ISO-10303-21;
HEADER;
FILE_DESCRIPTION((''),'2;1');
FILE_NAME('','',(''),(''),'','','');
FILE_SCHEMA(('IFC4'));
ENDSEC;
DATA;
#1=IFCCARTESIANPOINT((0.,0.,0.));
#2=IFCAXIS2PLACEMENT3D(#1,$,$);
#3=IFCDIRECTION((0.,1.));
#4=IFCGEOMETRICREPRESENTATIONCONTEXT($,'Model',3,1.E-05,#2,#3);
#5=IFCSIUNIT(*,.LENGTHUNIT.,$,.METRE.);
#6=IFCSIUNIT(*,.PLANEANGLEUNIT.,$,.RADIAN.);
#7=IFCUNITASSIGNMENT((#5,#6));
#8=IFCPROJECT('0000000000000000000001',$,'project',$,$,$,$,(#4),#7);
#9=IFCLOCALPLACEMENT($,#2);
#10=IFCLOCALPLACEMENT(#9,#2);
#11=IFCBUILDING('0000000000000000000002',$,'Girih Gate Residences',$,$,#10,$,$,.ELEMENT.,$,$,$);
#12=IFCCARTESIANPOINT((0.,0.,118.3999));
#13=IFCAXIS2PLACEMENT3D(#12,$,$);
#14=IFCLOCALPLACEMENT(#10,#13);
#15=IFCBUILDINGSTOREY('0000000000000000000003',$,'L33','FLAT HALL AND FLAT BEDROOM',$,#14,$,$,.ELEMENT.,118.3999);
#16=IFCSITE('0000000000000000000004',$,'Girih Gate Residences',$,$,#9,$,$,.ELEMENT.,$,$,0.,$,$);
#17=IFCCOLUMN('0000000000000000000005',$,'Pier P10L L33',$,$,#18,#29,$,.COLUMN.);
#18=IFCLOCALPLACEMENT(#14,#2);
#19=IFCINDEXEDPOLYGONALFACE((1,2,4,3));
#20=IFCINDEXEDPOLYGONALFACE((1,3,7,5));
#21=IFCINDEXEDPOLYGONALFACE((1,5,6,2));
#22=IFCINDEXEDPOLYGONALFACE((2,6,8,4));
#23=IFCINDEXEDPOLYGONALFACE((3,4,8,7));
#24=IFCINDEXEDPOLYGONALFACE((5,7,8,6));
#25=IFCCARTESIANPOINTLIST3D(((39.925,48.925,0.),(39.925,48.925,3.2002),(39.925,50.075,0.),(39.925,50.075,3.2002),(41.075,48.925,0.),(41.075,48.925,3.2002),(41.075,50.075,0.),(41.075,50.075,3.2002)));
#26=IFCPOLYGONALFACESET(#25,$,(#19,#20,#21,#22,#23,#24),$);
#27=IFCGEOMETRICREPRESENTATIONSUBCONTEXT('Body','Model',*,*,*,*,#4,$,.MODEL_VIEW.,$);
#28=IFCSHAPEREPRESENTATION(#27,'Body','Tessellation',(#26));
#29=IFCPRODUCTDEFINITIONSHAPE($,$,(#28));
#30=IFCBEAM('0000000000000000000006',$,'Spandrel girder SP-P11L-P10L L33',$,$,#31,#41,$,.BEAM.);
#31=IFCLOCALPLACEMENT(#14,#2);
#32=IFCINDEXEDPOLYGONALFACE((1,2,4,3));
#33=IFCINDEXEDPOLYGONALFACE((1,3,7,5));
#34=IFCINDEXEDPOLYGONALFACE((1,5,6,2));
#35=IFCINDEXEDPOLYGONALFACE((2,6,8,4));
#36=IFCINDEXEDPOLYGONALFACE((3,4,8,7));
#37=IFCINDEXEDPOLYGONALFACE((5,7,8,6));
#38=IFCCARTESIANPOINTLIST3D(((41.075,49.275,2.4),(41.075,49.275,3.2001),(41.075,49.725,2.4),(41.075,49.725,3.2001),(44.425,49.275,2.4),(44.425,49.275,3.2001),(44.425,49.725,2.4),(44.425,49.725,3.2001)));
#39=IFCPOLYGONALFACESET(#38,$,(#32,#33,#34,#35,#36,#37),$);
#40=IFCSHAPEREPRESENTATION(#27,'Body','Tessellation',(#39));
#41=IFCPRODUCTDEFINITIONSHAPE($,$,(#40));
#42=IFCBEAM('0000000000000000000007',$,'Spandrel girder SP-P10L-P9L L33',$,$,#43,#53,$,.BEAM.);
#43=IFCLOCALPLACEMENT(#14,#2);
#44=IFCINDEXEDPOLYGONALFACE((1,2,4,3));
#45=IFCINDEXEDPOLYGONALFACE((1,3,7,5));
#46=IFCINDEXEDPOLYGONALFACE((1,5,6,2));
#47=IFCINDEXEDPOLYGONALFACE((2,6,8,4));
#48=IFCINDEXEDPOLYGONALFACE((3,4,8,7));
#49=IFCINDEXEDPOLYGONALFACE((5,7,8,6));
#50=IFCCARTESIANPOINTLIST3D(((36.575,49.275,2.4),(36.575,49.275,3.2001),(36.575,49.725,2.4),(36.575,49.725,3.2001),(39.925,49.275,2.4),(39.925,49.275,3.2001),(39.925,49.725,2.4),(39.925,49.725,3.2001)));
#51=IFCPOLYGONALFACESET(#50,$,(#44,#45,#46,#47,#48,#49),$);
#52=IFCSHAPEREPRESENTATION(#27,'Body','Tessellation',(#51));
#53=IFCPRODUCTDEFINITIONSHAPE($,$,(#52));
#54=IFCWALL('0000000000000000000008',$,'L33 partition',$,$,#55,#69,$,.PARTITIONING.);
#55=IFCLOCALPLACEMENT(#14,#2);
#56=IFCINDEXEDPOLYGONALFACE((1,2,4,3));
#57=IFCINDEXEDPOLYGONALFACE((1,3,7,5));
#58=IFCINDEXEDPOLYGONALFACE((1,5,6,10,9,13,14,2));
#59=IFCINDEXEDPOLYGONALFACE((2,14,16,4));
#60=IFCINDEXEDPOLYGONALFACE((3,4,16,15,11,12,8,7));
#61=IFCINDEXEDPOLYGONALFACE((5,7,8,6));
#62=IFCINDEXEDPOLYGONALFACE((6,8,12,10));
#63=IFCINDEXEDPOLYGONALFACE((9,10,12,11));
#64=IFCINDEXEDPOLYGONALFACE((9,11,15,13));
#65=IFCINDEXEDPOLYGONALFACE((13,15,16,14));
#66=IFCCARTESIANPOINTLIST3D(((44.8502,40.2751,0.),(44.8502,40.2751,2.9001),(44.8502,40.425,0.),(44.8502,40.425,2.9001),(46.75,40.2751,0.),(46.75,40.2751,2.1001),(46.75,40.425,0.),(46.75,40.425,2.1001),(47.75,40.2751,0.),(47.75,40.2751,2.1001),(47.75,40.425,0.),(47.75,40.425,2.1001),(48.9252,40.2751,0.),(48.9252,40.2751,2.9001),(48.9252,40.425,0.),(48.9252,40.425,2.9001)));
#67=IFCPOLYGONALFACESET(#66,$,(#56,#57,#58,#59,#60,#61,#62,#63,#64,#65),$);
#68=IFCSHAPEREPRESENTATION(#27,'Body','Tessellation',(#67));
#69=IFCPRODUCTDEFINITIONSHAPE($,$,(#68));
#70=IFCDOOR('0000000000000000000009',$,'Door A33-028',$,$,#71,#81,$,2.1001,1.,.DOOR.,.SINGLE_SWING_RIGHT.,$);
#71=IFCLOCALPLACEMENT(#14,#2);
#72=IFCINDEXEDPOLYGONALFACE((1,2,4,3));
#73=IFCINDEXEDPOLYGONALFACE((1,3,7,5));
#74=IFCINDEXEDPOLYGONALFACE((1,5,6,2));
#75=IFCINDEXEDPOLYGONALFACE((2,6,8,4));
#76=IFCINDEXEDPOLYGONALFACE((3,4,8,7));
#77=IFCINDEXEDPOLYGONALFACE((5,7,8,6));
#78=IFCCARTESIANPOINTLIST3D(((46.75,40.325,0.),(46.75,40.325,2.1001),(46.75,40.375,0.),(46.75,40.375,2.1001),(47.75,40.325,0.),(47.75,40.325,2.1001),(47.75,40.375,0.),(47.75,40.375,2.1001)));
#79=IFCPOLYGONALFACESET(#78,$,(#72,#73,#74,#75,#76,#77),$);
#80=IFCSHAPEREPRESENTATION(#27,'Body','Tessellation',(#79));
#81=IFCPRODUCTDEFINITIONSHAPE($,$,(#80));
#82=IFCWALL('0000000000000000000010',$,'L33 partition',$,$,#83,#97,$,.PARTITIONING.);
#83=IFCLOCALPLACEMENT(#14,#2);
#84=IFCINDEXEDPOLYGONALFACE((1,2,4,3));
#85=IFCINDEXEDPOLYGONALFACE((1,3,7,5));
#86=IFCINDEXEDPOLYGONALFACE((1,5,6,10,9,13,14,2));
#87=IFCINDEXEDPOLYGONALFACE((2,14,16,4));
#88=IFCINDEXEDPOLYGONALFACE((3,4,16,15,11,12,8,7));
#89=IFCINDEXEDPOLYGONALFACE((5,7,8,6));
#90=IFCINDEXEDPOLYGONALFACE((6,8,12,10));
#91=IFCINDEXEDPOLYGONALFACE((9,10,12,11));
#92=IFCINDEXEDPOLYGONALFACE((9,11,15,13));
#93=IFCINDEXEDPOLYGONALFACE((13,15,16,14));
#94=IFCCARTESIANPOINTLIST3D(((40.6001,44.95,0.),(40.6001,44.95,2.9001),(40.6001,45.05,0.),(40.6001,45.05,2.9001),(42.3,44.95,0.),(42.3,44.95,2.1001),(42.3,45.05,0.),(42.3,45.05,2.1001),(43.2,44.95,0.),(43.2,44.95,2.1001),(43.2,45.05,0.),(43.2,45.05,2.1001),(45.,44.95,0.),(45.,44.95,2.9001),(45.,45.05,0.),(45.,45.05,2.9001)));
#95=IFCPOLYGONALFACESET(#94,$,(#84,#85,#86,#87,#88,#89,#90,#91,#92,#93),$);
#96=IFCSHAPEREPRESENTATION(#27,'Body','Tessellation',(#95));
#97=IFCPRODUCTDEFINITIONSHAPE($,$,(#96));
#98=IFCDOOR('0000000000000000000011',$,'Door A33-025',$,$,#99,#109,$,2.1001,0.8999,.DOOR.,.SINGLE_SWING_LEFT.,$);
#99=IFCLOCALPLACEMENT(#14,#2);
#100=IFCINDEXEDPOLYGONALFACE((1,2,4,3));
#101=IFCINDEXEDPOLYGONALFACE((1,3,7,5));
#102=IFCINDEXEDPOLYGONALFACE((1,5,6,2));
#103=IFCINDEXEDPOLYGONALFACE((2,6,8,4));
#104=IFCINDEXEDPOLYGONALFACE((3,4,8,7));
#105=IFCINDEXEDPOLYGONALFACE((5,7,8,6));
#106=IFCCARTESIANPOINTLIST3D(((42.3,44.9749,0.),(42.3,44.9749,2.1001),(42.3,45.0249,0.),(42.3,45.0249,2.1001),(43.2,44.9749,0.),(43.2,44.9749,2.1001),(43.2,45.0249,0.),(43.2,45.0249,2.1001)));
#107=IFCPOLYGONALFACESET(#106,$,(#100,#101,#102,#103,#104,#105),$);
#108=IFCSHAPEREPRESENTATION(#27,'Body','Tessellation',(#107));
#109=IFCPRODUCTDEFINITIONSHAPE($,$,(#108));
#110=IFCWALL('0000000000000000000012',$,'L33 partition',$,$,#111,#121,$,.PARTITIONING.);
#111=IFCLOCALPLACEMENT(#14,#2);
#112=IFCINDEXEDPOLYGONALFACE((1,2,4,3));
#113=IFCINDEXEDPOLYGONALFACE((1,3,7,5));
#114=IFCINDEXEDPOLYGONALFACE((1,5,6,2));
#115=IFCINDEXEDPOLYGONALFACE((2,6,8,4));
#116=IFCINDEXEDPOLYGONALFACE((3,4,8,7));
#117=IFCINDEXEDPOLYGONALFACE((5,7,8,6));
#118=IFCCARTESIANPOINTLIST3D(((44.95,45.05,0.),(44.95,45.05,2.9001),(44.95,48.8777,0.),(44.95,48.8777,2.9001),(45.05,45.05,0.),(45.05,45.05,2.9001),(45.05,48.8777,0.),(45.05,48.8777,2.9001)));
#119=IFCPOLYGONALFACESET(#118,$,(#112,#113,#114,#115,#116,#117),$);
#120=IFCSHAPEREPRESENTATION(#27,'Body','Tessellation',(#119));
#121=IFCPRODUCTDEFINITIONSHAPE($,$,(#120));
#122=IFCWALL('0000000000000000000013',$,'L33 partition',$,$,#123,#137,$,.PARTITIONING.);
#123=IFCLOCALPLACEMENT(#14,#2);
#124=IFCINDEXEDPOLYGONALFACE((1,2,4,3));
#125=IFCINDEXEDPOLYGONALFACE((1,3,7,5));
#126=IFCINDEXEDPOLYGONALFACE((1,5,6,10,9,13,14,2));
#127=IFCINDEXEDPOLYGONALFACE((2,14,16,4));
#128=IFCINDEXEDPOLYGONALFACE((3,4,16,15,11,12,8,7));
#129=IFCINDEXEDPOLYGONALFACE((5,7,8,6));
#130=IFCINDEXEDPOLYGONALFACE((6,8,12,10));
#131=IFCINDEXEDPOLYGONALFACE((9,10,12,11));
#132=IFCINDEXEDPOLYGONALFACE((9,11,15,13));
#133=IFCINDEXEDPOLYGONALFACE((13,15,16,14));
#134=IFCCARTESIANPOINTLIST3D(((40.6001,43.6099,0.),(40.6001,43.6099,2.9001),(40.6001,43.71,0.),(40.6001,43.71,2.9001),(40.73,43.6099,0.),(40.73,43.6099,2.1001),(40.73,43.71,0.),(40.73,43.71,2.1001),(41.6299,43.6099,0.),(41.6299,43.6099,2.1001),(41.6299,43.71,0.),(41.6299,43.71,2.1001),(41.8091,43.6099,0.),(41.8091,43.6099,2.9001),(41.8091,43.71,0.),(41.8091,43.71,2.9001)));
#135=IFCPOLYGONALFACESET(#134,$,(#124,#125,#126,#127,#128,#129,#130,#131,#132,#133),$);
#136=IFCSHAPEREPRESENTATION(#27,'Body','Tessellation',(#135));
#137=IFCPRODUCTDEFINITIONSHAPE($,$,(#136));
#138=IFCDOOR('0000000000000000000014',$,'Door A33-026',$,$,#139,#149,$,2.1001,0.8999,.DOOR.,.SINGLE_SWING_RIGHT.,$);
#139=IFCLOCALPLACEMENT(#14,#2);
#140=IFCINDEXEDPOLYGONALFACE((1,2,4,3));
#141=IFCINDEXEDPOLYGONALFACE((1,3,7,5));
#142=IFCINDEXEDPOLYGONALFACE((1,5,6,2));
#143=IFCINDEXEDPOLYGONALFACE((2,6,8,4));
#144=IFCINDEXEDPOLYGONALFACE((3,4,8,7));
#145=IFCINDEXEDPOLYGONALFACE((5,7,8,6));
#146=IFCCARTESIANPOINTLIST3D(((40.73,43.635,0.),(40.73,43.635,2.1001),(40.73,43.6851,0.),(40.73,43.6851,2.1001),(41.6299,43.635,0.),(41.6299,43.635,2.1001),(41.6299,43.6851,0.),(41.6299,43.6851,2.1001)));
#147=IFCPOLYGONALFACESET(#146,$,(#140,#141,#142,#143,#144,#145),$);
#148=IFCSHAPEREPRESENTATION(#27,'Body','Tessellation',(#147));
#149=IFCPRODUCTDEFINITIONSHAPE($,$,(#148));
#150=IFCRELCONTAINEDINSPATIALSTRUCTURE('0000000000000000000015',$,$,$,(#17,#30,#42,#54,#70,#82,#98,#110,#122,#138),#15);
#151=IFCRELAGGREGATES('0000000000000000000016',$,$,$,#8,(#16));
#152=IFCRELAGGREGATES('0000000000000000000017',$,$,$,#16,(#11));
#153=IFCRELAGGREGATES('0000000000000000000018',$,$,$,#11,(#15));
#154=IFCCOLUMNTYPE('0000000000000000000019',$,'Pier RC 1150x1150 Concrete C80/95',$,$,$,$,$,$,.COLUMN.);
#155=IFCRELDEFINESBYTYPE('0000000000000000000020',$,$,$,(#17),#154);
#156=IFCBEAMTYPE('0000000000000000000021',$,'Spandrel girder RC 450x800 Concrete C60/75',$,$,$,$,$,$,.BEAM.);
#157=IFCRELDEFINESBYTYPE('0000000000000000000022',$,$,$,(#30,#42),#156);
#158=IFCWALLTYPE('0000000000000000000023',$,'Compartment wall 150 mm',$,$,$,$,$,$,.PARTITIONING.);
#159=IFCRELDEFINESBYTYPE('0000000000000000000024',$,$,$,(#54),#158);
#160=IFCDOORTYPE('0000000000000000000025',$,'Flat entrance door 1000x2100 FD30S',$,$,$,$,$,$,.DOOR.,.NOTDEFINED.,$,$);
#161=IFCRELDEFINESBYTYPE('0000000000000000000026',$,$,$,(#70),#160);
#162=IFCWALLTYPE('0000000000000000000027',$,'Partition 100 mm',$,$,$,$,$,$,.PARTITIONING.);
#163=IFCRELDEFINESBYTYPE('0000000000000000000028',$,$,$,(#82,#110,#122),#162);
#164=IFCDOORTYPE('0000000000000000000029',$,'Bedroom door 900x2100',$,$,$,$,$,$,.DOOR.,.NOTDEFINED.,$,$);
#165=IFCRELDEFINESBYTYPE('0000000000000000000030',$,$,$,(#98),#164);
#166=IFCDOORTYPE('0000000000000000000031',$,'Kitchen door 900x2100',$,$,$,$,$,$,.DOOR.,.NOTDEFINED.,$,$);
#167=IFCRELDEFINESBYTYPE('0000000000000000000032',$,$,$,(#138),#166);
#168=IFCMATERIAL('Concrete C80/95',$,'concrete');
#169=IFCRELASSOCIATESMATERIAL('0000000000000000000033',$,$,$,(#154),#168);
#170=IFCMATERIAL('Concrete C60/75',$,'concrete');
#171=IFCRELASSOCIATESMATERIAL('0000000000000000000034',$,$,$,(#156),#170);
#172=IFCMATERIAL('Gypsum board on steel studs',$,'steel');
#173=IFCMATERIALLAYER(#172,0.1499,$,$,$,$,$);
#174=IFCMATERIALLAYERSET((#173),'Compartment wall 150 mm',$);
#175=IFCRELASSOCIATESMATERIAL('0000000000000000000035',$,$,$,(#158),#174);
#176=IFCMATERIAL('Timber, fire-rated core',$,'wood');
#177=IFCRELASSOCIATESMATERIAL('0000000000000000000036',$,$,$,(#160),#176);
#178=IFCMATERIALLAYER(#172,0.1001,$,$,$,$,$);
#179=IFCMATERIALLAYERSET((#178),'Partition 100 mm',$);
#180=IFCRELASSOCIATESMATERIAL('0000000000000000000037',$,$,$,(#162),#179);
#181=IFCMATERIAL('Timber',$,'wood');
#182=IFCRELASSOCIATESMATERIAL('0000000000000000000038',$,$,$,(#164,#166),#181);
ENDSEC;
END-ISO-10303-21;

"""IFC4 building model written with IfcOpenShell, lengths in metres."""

from ifc_helpers import new_model, si_unit, direction, frame, frame_2d, origin, origin_2d, place, context, subcontext, project, spatial, rectangle, extrude, material, layer, layer_set, material_profile, profile_set, type_object, element, fill, save


model = new_model("IFC4")

# Units and contexts
model_context = context("Model", 3, precision=1e-05, world=origin(), true_north=direction((0.0, 1.0)))
body_context = subcontext(model_context, "Body", "Model", "MODEL_VIEW")
ifc_project = project(units=[si_unit("LENGTHUNIT", "METRE"), si_unit("PLANEANGLEUNIT", "RADIAN")], contexts=[model_context])

# Site, building, storey
site_placement = place(None, origin())
site = spatial("IfcSite", under=ifc_project, at=site_placement, Name="Girih Gate Residences", CompositionType="ELEMENT", RefElevation=0.0)
building_placement = place(site_placement, origin())
building = spatial("IfcBuilding", under=site, at=building_placement, Name="Girih Gate Residences", CompositionType="ELEMENT")
storey_placement = place(building_placement, frame((0.0, 0.0, 118.3999)))
storey = spatial("IfcBuildingStorey", under=building, at=storey_placement, Name="L33", Description="FLAT HALL AND FLAT BEDROOM", CompositionType="ELEMENT", Elevation=118.3999)

# Column
ifc_material_1 = material(Name="Concrete C80/95", Category="concrete")
ifc_material_profile_1 = material_profile(ifc_material_1, rectangle(XDim=1.1499, YDim=1.1499, at=origin_2d()))
ifc_profile_set_1 = profile_set([ifc_material_profile_1], Name="Concrete C80/95")
column_type = type_object("IfcColumnType", Name="Pier RC 1150x1150 Concrete C80/95", PredefinedType="COLUMN", material=ifc_profile_set_1)
column_placement = place(storey_placement, frame((40.5, 49.5, 0.0), z_axis=(0.0, 0.0, 1.0), x_axis=(1.0, 0.0, 0.0)))
element("IfcColumn", 1, at=column_placement, inside=storey, type_object=column_type, Name="Pier P10L L33", PredefinedType="COLUMN", context=body_context, shape_type="SweptSolid", body=[
    extrude(rectangle(XDim=1.1499, YDim=1.1499, at=origin_2d()), origin(), (0.0, 0.0, 1.0), 3.2002),
])

# Beams
ifc_material_2 = material(Name="Concrete C60/75", Category="concrete")
ifc_material_profile_2 = material_profile(ifc_material_2, rectangle(XDim=0.45, YDim=0.8, at=origin_2d()))
ifc_profile_set_2 = profile_set([ifc_material_profile_2], Name="Concrete C60/75")
beam_type = type_object("IfcBeamType", Name="Spandrel girder RC 450x800 Concrete C60/75", PredefinedType="BEAM", material=ifc_profile_set_2)
for number, where, z_axis, x_axis, name in (
    (2, (44.425, 49.5, 2.8), (-1.0, 0.0, 0.0), (0.0, -1.0, 0.0), "Spandrel girder SP-P11L-P10L L33"),
    (3, (39.925, 49.5, 2.8), (-1.0, 0.0, 0.0), (0.0, -1.0, 0.0), "Spandrel girder SP-P10L-P9L L33"),
):
    element("IfcBeam", number, at=place(storey_placement, frame(where, z_axis=z_axis, x_axis=x_axis)), inside=storey, type_object=beam_type, Name=name, PredefinedType="BEAM", context=body_context, shape_type="SweptSolid", body=[
        extrude(rectangle(XDim=0.45, YDim=0.8, at=origin_2d()), origin(), (0.0, 0.0, 1.0), 3.3501),
    ])

# Walls, openings, doors
ifc_material_3 = material(Name="Gypsum board on steel studs", Category="steel")
ifc_layer_1 = layer(ifc_material_3, 0.1499)
ifc_layer_set_1 = layer_set([ifc_layer_1], Name="Compartment wall 150 mm")
wall_type_1 = type_object("IfcWallType", Name="Compartment wall 150 mm", PredefinedType="PARTITIONING", material=ifc_layer_set_1)
wall_1_placement = place(storey_placement, frame((44.8501, 40.3501, 0.0), z_axis=(0.0, 0.0, 1.0), x_axis=(1.0, 0.0, 0.0)))
wall_1 = element("IfcWall", 4, at=wall_1_placement, inside=storey, type_object=wall_type_1, Name="L33 partition", PredefinedType="PARTITIONING", context=body_context, shape_type="SweptSolid", body=[
    extrude(rectangle(XDim=4.075, YDim=0.1499, at=frame_2d((2.0376, 0.0))), origin(), (0.0, 0.0, 1.0), 2.9001),
])
opening_1_placement = place(wall_1_placement, frame((1.8999, 0.0, 0.0)))
opening_1 = element("IfcOpeningElement", 5, at=opening_1_placement, cuts=wall_1, PredefinedType="OPENING", context=body_context, shape_type="SweptSolid", body=[
    extrude(rectangle(XDim=1.0, YDim=2.1001, at=frame_2d((0.5, 1.05))), frame((0.0, 0.085, 0.0), z_axis=(0.0, -1.0, 0.0), x_axis=(1.0, 0.0, 0.0)), (0.0, 0.0, 1.0), 0.1699),
])
ifc_material_4 = material(Name="Timber, fire-rated core", Category="wood")
door_type_1 = type_object("IfcDoorType", Name="Flat entrance door 1000x2100 FD30S", OperationType="NOTDEFINED", PredefinedType="DOOR", material=ifc_material_4)
door_1_placement = place(opening_1_placement, origin())
door_1 = element("IfcDoor", 6, at=door_1_placement, inside=storey, type_object=door_type_1, Name="Door A33-028", OperationType="SINGLE_SWING_RIGHT", OverallHeight=2.1001, OverallWidth=1.0, PredefinedType="DOOR", context=body_context, shape_type="SweptSolid", body=[
    extrude(rectangle(XDim=1.0, YDim=2.1001, at=frame_2d((0.5, 1.05))), frame((0.0, 0.0249, 0.0), z_axis=(0.0, -1.0, 0.0), x_axis=(1.0, 0.0, 0.0)), (0.0, 0.0, 1.0), 0.05),
])
fill(opening_1, door_1)
ifc_layer_2 = layer(ifc_material_3, 0.1001)
ifc_layer_set_2 = layer_set([ifc_layer_2], Name="Partition 100 mm")
wall_type_2 = type_object("IfcWallType", Name="Partition 100 mm", PredefinedType="PARTITIONING", material=ifc_layer_set_2)
wall_2_placement = place(storey_placement, frame((40.6001, 45.0, 0.0), z_axis=(0.0, 0.0, 1.0), x_axis=(1.0, 0.0, 0.0)))
wall_2 = element("IfcWall", 7, at=wall_2_placement, inside=storey, type_object=wall_type_2, Name="L33 partition", PredefinedType="PARTITIONING", context=body_context, shape_type="SweptSolid", body=[
    extrude(rectangle(XDim=4.3999, YDim=0.1001, at=frame_2d((2.2, 0.0))), origin(), (0.0, 0.0, 1.0), 2.9001),
])
opening_2_placement = place(wall_2_placement, frame((1.7, 0.0, 0.0)))
opening_2 = element("IfcOpeningElement", 8, at=opening_2_placement, cuts=wall_2, PredefinedType="OPENING", context=body_context, shape_type="SweptSolid", body=[
    extrude(rectangle(XDim=0.8999, YDim=2.1001, at=frame_2d((0.45, 1.05))), frame((0.0, 0.0601, 0.0), z_axis=(0.0, -1.0, 0.0), x_axis=(1.0, 0.0, 0.0)), (0.0, 0.0, 1.0), 0.1201),
])
ifc_material_5 = material(Name="Timber", Category="wood")
door_type_2 = type_object("IfcDoorType", Name="Bedroom door 900x2100", OperationType="NOTDEFINED", PredefinedType="DOOR", material=ifc_material_5)
door_2_placement = place(opening_2_placement, origin())
door_2 = element("IfcDoor", 9, at=door_2_placement, inside=storey, type_object=door_type_2, Name="Door A33-025", OperationType="SINGLE_SWING_LEFT", OverallHeight=2.1001, OverallWidth=0.8999, PredefinedType="DOOR", context=body_context, shape_type="SweptSolid", body=[
    extrude(rectangle(XDim=0.8999, YDim=2.1001, at=frame_2d((0.45, 1.05))), frame((0.0, 0.0249, 0.0), z_axis=(0.0, -1.0, 0.0), x_axis=(1.0, 0.0, 0.0)), (0.0, 0.0, 1.0), 0.05),
])
fill(opening_2, door_2)

# Wall
wall_3_placement = place(storey_placement, frame((45.0, 45.05, 0.0), z_axis=(0.0, 0.0, 1.0), x_axis=(0.0, 1.0, 0.0)))
element("IfcWall", 10, at=wall_3_placement, inside=storey, type_object=wall_type_2, Name="L33 partition", PredefinedType="PARTITIONING", context=body_context, shape_type="SweptSolid", body=[
    extrude(rectangle(XDim=3.8276, YDim=0.1001, at=frame_2d((1.9138, 0.0))), origin(), (0.0, 0.0, 1.0), 2.9001),
])

# Wall, opening, door
wall_4_placement = place(storey_placement, frame((41.8091, 43.6599, 0.0), z_axis=(0.0, 0.0, 1.0), x_axis=(-1.0, 0.0, 0.0)))
wall_4 = element("IfcWall", 11, at=wall_4_placement, inside=storey, type_object=wall_type_2, Name="L33 partition", PredefinedType="PARTITIONING", context=body_context, shape_type="SweptSolid", body=[
    extrude(rectangle(XDim=1.209, YDim=0.1001, at=frame_2d((0.6045, 0.0))), origin(), (0.0, 0.0, 1.0), 2.9001),
])
opening_3_placement = place(wall_4_placement, frame((0.1792, 0.0, 0.0)))
opening_3 = element("IfcOpeningElement", 12, at=opening_3_placement, cuts=wall_4, PredefinedType="OPENING", context=body_context, shape_type="SweptSolid", body=[
    extrude(rectangle(XDim=0.8999, YDim=2.1001, at=frame_2d((0.45, 1.05))), frame((0.0, 0.0601, 0.0), z_axis=(0.0, -1.0, 0.0), x_axis=(1.0, 0.0, 0.0)), (0.0, 0.0, 1.0), 0.1201),
])
door_type_3 = type_object("IfcDoorType", Name="Kitchen door 900x2100", OperationType="NOTDEFINED", PredefinedType="DOOR", material=ifc_material_5)
door_3_placement = place(opening_3_placement, origin())
door_3 = element("IfcDoor", 13, at=door_3_placement, inside=storey, type_object=door_type_3, Name="Door A33-026", OperationType="SINGLE_SWING_RIGHT", OverallHeight=2.1001, OverallWidth=0.8999, PredefinedType="DOOR", context=body_context, shape_type="SweptSolid", body=[
    extrude(rectangle(XDim=0.8999, YDim=2.1001, at=frame_2d((0.45, 1.05))), frame((0.0, 0.0249, 0.0), z_axis=(0.0, -1.0, 0.0), x_axis=(1.0, 0.0, 0.0)), (0.0, 0.0, 1.0), 0.05),
])
fill(opening_3, door_3)

save(model, "model.ifc")
